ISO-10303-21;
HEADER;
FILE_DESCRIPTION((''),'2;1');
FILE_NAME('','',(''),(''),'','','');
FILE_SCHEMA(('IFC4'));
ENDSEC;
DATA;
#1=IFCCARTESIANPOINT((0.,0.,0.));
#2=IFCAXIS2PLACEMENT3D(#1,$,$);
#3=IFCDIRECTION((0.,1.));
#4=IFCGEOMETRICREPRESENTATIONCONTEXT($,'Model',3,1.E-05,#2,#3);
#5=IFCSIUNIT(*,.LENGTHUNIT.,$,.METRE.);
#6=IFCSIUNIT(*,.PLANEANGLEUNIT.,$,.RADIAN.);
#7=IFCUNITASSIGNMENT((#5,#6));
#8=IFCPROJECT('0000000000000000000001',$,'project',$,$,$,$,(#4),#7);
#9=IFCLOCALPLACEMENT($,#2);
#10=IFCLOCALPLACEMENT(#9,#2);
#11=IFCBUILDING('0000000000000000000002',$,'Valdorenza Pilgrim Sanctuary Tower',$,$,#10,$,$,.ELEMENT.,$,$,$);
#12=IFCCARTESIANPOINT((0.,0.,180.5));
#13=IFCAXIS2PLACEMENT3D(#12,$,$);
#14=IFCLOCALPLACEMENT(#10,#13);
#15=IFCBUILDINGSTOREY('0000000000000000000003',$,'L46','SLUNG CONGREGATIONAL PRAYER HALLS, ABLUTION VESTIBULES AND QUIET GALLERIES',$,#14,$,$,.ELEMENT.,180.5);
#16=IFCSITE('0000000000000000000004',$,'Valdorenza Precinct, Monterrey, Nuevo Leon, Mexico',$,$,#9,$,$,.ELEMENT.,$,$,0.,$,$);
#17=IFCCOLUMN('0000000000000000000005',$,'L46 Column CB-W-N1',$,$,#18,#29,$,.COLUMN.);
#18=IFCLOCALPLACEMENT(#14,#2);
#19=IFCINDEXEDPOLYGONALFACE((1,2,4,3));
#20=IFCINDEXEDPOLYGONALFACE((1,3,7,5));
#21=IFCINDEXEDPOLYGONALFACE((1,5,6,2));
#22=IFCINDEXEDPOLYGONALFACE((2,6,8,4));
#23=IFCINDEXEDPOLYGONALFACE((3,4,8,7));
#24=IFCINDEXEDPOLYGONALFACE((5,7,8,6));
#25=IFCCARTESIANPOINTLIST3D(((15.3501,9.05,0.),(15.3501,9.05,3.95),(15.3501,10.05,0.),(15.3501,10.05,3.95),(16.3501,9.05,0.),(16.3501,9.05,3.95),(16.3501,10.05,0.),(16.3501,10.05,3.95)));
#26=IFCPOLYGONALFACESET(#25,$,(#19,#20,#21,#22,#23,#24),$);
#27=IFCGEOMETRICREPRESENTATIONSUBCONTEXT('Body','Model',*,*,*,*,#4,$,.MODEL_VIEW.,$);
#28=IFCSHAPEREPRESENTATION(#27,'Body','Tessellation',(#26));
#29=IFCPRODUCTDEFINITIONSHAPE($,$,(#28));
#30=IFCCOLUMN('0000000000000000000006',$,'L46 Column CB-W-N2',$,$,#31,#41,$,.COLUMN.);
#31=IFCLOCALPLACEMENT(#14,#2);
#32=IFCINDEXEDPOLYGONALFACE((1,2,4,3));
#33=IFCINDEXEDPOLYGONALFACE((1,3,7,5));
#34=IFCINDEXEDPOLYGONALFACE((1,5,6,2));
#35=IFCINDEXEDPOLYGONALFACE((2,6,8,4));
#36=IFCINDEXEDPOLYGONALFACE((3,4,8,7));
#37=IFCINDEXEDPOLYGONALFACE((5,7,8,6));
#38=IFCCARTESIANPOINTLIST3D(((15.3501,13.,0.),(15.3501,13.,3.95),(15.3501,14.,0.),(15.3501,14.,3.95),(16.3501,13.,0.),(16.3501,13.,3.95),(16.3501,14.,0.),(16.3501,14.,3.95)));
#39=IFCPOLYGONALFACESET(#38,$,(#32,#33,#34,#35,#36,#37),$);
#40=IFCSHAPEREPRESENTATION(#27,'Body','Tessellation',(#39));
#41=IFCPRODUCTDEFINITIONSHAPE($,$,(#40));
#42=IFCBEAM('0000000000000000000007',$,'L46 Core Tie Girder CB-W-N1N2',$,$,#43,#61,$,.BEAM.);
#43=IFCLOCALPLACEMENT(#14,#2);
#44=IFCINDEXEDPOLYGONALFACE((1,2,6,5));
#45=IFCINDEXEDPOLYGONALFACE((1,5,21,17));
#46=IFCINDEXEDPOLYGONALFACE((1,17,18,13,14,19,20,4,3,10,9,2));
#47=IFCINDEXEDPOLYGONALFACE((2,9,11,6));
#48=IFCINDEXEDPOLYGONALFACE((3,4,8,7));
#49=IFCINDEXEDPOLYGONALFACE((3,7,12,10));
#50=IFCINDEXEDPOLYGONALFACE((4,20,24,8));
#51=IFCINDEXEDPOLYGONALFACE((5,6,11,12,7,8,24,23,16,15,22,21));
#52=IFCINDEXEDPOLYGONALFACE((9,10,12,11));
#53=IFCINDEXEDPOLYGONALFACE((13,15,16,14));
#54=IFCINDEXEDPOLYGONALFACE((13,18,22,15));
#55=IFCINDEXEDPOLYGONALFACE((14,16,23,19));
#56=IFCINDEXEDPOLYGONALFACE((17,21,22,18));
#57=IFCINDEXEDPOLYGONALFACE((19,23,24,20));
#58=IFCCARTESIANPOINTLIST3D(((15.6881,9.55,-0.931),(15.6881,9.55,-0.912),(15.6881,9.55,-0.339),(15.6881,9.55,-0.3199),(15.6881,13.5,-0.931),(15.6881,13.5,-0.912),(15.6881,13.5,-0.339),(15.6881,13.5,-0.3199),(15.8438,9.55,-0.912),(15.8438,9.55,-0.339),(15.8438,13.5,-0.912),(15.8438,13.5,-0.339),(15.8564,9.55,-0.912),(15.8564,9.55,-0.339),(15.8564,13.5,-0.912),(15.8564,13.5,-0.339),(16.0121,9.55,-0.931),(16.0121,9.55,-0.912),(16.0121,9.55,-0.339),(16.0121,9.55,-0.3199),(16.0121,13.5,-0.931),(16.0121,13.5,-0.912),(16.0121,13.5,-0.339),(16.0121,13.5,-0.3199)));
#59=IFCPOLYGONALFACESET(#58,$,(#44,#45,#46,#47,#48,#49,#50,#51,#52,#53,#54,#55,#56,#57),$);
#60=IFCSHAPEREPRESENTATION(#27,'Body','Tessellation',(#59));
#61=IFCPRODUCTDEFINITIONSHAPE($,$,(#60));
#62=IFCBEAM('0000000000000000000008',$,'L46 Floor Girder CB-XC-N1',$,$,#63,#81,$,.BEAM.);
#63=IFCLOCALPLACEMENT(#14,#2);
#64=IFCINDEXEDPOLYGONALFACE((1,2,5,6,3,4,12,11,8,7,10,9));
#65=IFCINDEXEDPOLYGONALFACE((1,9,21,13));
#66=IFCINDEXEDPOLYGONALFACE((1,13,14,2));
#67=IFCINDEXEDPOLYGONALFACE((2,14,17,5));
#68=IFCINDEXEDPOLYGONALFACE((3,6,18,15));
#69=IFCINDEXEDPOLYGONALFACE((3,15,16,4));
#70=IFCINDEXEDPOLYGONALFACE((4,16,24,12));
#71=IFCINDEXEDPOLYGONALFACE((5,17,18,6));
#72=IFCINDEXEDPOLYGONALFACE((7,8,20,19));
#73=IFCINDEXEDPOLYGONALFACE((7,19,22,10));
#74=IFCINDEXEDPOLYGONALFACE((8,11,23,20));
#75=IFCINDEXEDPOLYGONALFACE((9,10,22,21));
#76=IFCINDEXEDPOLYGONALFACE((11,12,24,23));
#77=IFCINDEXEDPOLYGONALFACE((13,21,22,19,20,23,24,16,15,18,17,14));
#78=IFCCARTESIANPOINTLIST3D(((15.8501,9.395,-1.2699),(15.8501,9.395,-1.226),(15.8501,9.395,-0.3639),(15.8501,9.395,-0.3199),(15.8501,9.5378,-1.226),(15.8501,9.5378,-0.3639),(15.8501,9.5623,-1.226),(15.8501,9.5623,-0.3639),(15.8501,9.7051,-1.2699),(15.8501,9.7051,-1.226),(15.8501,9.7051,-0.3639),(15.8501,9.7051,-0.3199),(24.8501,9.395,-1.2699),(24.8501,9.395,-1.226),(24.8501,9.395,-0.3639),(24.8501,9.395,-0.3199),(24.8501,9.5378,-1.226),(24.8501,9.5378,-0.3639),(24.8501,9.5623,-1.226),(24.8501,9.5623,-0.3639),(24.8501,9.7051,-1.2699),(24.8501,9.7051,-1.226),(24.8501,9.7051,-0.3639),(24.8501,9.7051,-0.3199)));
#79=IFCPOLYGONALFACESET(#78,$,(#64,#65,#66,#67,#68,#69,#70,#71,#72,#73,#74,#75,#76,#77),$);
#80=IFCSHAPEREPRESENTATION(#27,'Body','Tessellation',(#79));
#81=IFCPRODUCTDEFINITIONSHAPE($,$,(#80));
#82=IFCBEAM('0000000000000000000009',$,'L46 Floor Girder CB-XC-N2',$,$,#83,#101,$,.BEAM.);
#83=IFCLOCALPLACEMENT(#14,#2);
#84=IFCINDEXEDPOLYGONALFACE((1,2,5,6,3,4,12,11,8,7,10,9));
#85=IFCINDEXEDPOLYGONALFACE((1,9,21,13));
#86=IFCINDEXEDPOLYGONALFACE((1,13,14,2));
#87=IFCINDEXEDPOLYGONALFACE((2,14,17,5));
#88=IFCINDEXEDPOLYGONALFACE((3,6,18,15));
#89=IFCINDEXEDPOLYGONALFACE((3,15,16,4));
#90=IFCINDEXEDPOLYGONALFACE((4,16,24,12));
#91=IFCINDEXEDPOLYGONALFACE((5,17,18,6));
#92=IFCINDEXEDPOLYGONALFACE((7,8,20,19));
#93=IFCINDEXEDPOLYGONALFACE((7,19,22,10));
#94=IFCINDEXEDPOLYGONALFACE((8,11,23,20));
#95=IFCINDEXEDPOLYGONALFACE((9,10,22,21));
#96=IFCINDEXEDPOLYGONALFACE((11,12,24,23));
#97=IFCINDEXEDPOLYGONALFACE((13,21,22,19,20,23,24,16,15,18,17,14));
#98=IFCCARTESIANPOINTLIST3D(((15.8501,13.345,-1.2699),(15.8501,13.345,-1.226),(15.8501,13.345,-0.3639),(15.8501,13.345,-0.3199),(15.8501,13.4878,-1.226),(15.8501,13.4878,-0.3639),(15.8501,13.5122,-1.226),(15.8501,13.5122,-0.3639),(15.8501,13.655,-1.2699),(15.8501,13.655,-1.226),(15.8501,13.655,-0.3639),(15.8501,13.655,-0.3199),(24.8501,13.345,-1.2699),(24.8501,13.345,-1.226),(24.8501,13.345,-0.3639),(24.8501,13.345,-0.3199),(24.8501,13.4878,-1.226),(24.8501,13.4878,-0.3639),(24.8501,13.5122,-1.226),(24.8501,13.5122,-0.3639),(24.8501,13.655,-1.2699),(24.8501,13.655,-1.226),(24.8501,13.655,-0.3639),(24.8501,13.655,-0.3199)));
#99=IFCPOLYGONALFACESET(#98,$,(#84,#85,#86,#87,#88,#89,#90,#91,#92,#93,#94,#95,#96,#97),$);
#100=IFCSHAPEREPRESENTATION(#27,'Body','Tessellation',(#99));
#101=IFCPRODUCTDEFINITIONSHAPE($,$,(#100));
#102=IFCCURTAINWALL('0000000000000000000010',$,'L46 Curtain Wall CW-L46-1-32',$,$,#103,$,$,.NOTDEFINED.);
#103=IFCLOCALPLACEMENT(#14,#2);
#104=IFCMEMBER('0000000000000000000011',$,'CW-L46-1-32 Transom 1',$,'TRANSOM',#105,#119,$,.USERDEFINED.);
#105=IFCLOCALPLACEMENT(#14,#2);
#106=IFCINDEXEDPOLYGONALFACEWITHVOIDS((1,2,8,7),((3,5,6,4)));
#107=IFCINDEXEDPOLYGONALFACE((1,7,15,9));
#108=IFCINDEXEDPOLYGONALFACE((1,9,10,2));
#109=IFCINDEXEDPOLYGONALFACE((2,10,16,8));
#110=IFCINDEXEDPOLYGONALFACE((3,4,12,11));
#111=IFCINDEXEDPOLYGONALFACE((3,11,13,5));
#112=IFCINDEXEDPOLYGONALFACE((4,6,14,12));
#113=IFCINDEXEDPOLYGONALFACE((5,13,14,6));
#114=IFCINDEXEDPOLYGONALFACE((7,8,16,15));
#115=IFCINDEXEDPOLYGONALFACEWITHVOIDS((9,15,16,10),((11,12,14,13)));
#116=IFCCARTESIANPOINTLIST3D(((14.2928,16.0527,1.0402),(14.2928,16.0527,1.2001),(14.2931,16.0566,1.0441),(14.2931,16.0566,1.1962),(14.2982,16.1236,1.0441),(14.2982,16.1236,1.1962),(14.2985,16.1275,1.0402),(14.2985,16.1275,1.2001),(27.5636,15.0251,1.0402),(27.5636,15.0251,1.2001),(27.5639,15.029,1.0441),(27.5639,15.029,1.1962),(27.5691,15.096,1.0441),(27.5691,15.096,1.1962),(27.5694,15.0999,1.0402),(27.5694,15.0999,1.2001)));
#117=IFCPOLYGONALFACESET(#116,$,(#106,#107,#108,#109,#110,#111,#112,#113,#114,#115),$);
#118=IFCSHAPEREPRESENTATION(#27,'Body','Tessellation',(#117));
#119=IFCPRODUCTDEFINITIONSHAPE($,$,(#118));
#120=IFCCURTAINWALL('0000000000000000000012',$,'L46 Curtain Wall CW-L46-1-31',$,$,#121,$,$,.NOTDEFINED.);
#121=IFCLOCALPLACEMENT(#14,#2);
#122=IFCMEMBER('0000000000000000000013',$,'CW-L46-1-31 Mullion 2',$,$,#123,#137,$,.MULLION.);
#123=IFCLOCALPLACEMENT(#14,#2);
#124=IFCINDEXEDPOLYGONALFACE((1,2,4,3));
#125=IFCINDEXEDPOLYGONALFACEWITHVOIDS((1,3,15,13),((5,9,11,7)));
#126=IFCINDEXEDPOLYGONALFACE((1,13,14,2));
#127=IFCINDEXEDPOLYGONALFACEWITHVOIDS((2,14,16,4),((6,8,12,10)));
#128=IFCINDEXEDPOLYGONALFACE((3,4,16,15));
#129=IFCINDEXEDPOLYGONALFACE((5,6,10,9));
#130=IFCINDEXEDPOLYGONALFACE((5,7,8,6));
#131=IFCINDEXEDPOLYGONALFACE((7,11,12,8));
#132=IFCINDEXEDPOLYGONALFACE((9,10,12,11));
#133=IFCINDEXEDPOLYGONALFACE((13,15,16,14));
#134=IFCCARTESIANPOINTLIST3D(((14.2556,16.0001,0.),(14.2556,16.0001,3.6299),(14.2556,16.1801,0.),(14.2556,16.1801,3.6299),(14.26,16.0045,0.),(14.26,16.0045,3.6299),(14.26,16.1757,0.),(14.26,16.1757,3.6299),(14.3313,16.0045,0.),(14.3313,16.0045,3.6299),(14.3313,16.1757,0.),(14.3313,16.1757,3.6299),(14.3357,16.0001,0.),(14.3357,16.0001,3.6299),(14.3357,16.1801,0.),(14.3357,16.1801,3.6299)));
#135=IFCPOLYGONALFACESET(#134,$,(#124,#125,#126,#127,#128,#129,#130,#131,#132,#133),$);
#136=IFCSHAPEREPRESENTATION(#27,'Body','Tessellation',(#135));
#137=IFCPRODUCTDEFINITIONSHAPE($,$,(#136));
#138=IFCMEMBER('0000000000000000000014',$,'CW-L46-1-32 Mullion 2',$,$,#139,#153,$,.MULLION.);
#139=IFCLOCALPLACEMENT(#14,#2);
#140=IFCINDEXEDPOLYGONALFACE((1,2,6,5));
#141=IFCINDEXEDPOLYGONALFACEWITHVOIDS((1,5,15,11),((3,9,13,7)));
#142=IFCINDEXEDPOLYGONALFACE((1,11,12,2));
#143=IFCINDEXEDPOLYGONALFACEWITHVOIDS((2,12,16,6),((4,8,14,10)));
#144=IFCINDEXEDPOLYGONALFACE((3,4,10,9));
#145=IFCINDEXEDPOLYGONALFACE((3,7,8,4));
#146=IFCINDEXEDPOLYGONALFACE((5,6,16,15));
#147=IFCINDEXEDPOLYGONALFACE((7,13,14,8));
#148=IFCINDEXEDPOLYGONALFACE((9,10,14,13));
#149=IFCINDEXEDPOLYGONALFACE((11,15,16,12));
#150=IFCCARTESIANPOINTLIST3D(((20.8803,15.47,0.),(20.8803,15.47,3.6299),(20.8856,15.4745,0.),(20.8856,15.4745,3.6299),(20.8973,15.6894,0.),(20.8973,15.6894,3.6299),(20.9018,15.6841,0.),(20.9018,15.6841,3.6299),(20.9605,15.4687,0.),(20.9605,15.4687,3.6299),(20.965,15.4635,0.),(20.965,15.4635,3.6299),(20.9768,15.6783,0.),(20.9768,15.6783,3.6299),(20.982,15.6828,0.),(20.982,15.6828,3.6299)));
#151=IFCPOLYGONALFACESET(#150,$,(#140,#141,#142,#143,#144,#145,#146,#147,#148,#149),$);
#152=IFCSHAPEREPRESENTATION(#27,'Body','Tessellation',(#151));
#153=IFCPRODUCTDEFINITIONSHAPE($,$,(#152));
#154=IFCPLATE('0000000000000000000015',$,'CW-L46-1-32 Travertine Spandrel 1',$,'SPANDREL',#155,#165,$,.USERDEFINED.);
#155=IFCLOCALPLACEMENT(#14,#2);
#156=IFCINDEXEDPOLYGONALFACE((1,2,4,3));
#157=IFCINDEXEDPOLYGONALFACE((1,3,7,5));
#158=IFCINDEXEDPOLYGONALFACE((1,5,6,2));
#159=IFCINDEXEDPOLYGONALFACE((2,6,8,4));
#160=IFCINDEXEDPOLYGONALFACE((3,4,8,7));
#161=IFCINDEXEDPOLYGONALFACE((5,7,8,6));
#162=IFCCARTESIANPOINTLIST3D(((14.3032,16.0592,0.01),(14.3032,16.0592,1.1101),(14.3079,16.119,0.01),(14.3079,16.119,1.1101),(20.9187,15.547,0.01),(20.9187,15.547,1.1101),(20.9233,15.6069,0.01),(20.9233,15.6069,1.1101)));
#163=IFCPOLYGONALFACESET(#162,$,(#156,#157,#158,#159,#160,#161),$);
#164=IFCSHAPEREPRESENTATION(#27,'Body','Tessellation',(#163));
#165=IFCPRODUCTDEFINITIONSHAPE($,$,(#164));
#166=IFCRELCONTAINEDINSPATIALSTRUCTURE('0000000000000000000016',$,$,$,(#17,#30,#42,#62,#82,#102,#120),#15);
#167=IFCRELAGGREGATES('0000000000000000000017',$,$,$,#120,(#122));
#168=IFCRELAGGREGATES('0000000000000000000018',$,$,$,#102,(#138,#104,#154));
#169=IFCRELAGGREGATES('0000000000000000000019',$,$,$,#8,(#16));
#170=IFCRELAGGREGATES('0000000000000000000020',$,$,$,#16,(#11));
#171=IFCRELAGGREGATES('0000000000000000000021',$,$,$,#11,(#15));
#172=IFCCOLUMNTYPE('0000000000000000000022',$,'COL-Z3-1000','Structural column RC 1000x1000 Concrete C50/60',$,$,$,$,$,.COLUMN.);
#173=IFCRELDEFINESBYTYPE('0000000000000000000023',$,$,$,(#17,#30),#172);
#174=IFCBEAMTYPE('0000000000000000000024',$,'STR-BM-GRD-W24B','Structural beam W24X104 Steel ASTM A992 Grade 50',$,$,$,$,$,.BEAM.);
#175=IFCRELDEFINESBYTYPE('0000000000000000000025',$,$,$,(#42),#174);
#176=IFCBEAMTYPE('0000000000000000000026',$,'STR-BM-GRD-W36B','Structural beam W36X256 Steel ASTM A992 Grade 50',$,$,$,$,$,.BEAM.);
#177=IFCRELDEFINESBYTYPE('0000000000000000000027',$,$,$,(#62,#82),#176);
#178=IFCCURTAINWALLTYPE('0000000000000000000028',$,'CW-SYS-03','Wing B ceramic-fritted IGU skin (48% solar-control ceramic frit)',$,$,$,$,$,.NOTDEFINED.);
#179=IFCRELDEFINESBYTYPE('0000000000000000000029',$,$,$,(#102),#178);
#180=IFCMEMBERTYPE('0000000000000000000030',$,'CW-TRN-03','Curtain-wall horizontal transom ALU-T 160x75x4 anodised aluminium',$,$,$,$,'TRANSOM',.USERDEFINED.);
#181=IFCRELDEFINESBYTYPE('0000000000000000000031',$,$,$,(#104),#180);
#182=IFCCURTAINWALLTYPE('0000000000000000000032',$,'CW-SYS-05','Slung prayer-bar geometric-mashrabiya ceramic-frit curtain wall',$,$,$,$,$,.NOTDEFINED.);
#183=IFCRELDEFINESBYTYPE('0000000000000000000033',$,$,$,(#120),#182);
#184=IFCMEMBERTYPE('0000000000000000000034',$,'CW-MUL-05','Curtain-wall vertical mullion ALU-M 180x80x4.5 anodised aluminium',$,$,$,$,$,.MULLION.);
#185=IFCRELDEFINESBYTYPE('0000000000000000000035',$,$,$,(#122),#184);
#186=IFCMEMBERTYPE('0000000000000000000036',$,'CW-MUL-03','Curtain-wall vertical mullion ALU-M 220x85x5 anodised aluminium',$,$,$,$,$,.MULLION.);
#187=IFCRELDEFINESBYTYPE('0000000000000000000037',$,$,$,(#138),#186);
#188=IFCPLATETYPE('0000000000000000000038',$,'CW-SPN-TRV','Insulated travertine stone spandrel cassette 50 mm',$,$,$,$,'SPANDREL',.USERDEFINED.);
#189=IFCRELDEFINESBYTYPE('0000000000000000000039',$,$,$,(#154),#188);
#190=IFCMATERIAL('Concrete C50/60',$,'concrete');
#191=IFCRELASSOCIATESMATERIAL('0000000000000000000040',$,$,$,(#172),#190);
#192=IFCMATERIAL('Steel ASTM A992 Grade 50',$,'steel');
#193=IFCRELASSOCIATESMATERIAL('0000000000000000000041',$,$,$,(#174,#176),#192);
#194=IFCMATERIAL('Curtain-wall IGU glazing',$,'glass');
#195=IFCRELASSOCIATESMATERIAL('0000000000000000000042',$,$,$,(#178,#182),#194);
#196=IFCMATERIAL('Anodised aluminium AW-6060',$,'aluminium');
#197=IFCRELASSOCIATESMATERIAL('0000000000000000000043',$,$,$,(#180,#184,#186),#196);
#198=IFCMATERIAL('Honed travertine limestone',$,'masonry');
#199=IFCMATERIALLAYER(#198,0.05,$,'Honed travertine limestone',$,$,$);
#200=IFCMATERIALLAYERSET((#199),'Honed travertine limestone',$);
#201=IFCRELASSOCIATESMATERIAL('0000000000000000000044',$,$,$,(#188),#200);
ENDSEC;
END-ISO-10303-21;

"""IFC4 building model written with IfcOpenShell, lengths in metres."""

from ifc_helpers import new_model, si_unit, direction, frame, origin, origin_2d, place, context, subcontext, project, spatial, rectangle, hollow_rectangle, i_section, extrude, source, transform, mapped, material, layer, layer_set, material_profile, profile_set, type_object, element, aggregate, save


model = new_model("IFC4")

# Units and contexts
model_context = context("Model", 3, precision=1e-05, world=origin(), true_north=direction((0.0, 1.0)))
body_context = subcontext(model_context, "Body", "Model", "MODEL_VIEW")
ifc_project = project(units=[si_unit("LENGTHUNIT", "METRE"), si_unit("PLANEANGLEUNIT", "RADIAN")], contexts=[model_context])

# Site, building, storey
site_placement = place(None, origin())
site = spatial("IfcSite", under=ifc_project, at=site_placement, Name="Valdorenza Precinct, Monterrey, Nuevo Leon, Mexico", CompositionType="ELEMENT", RefElevation=0.0)
building_placement = place(site_placement, origin())
building = spatial("IfcBuilding", under=site, at=building_placement, Name="Valdorenza Pilgrim Sanctuary Tower", CompositionType="ELEMENT")
storey_placement = place(building_placement, frame((0.0, 0.0, 180.5)))
storey = spatial("IfcBuildingStorey", under=building, at=storey_placement, Name="L46", Description="SLUNG CONGREGATIONAL PRAYER HALLS, ABLUTION VESTIBULES AND QUIET GALLERIES", CompositionType="ELEMENT", Elevation=180.5)

# Columns
ifc_material_1 = material(Name="Concrete C50/60", Category="concrete")
ifc_material_profile_1 = material_profile(ifc_material_1, rectangle(XDim=1.0, YDim=1.0, at=origin_2d()), Name="RC 1000x1000")
ifc_profile_set_1 = profile_set([ifc_material_profile_1], Name="Concrete C50/60")
column_type = type_object("IfcColumnType", Name="COL-Z3-1000", Description="Structural column RC 1000x1000 Concrete C50/60", PredefinedType="COLUMN", material=ifc_profile_set_1)
shared_shape_1 = source(origin(), body_context, "Body", "SweptSolid", [
    extrude(rectangle(XDim=1.0, YDim=1.0, at=origin_2d()), origin(), (0.0, 0.0, 1.0), 3.95),
])
for number, where, z_axis, x_axis, name in (
    (1, (15.8501, 9.55, 0.0), (0.0, 0.0, 1.0), (1.0, 0.0, 0.0), "L46 Column CB-W-N1"),
    (2, (15.8501, 13.5, 0.0), (0.0, 0.0, 1.0), (1.0, 0.0, 0.0), "L46 Column CB-W-N2"),
):
    element("IfcColumn", number, at=place(storey_placement, frame(where, z_axis=z_axis, x_axis=x_axis)), inside=storey, type_object=column_type, Name=name, PredefinedType="COLUMN", context=body_context, shape_type="MappedRepresentation", body=[
        mapped(shared_shape_1, transform((0.0, 0.0, 0.0), x_axis=(1.0, 0.0, 0.0), y_axis=(0.0, 1.0, 0.0), z_axis=(0.0, 0.0, 1.0), scale=1.0)),
    ])

# Beams
ifc_material_2 = material(Name="Steel ASTM A992 Grade 50", Category="steel")
ifc_material_profile_2 = material_profile(ifc_material_2, i_section(OverallWidth=0.324, OverallDepth=0.6111, WebThickness=0.0127, FlangeThickness=0.019, at=origin_2d()), Name="W24X104")
ifc_profile_set_2 = profile_set([ifc_material_profile_2], Name="Steel ASTM A992 Grade 50")
beam_type_1 = type_object("IfcBeamType", Name="STR-BM-GRD-W24B", Description="Structural beam W24X104 Steel ASTM A992 Grade 50", PredefinedType="BEAM", material=ifc_profile_set_2)
shared_shape_2 = source(origin(), body_context, "Body", "SweptSolid", [
    extrude(i_section(OverallWidth=0.324, OverallDepth=0.6111, WebThickness=0.0127, FlangeThickness=0.019, at=origin_2d()), origin(), (0.0, 0.0, 1.0), 3.95),
])
beam_placement = place(storey_placement, frame((15.8501, 9.55, -0.6255), z_axis=(0.0, 1.0, 0.0), x_axis=(-1.0, 0.0, 0.0)))
element("IfcBeam", 3, at=beam_placement, inside=storey, type_object=beam_type_1, Name="L46 Core Tie Girder CB-W-N1N2", PredefinedType="BEAM", context=body_context, shape_type="MappedRepresentation", body=[
    mapped(shared_shape_2, transform((0.0, 0.0, 0.0), x_axis=(1.0, 0.0, 0.0), y_axis=(0.0, 1.0, 0.0), z_axis=(0.0, 0.0, 1.0), scale=1.0)),
])
ifc_material_profile_3 = material_profile(ifc_material_2, i_section(OverallWidth=0.3101, OverallDepth=0.95, WebThickness=0.0244, FlangeThickness=0.0439, at=origin_2d()), Name="W36X256")
ifc_profile_set_3 = profile_set([ifc_material_profile_3], Name="Steel ASTM A992 Grade 50")
beam_type_2 = type_object("IfcBeamType", Name="STR-BM-GRD-W36B", Description="Structural beam W36X256 Steel ASTM A992 Grade 50", PredefinedType="BEAM", material=ifc_profile_set_3)
shared_shape_3 = source(origin(), body_context, "Body", "SweptSolid", [
    extrude(i_section(OverallWidth=0.3101, OverallDepth=0.95, WebThickness=0.0244, FlangeThickness=0.0439, at=origin_2d()), origin(), (0.0, 0.0, 1.0), 9.0),
])
for number, where, z_axis, x_axis, name in (
    (4, (15.8501, 9.55, -0.7949), (1.0, 0.0, 0.0), (0.0, 1.0, 0.0), "L46 Floor Girder CB-XC-N1"),
    (5, (15.8501, 13.5, -0.7949), (1.0, 0.0, 0.0), (0.0, 1.0, 0.0), "L46 Floor Girder CB-XC-N2"),
):
    element("IfcBeam", number, at=place(storey_placement, frame(where, z_axis=z_axis, x_axis=x_axis)), inside=storey, type_object=beam_type_2, Name=name, PredefinedType="BEAM", context=body_context, shape_type="MappedRepresentation", body=[
        mapped(shared_shape_3, transform((0.0, 0.0, 0.0), x_axis=(1.0, 0.0, 0.0), y_axis=(0.0, 1.0, 0.0), z_axis=(0.0, 0.0, 1.0), scale=1.0)),
    ])

# Curtain walls, members
ifc_material_3 = material(Name="Curtain-wall IGU glazing", Category="glass")
curtain_wall_type_1 = type_object("IfcCurtainWallType", Name="CW-SYS-03", Description="Wing B ceramic-fritted IGU skin (48% solar-control ceramic frit)", PredefinedType="NOTDEFINED", material=ifc_material_3)
curtain_wall_1_placement = place(storey_placement, origin())
curtain_wall_1 = element("IfcCurtainWall", 6, at=curtain_wall_1_placement, inside=storey, type_object=curtain_wall_type_1, Name="L46 Curtain Wall CW-L46-1-32", PredefinedType="NOTDEFINED")
ifc_material_4 = material(Name="Anodised aluminium AW-6060", Category="aluminium")
ifc_material_profile_4 = material_profile(ifc_material_4, hollow_rectangle(XDim=0.075, YDim=0.1599, WallThickness=0.0039, at=origin_2d()), Name="ALU-T 160x75x4")
ifc_profile_set_4 = profile_set([ifc_material_profile_4], Name="Anodised aluminium AW-6060")
member_type_1 = type_object("IfcMemberType", Name="CW-TRN-03", Description="Curtain-wall horizontal transom ALU-T 160x75x4 anodised aluminium", ElementType="TRANSOM", PredefinedType="USERDEFINED", material=ifc_profile_set_4)
shared_shape_4 = source(origin(), body_context, "Body", "SweptSolid", [
    extrude(hollow_rectangle(XDim=0.075, YDim=0.1599, WallThickness=0.0039, at=origin_2d()), origin(), (0.0, 0.0, 1.0), 13.3105),
])
member_1_placement = place(storey_placement, frame((14.2957, 16.0901, 1.1201), z_axis=(0.997016, -0.077201, 0.0), x_axis=(0.077201, 0.997016, 0.0)))
member_1 = element("IfcMember", 7, at=member_1_placement, type_object=member_type_1, Name="CW-L46-1-32 Transom 1", ObjectType="TRANSOM", PredefinedType="USERDEFINED", context=body_context, shape_type="MappedRepresentation", body=[
    mapped(shared_shape_4, transform((0.0, 0.0, 0.0), x_axis=(1.0, 0.0, 0.0), y_axis=(0.0, 1.0, 0.0), z_axis=(0.0, 0.0, 1.0), scale=1.0)),
])
curtain_wall_type_2 = type_object("IfcCurtainWallType", Name="CW-SYS-05", Description="Slung prayer-bar geometric-mashrabiya ceramic-frit curtain wall", PredefinedType="NOTDEFINED", material=ifc_material_3)
curtain_wall_2_placement = place(storey_placement, origin())
curtain_wall_2 = element("IfcCurtainWall", 8, at=curtain_wall_2_placement, inside=storey, type_object=curtain_wall_type_2, Name="L46 Curtain Wall CW-L46-1-31", PredefinedType="NOTDEFINED")
ifc_material_profile_5 = material_profile(ifc_material_4, hollow_rectangle(XDim=0.0801, YDim=0.1799, WallThickness=0.0044, at=origin_2d()), Name="ALU-M 180x80x4.5")
ifc_profile_set_5 = profile_set([ifc_material_profile_5], Name="Anodised aluminium AW-6060")
member_type_2 = type_object("IfcMemberType", Name="CW-MUL-05", Description="Curtain-wall vertical mullion ALU-M 180x80x4.5 anodised aluminium", PredefinedType="MULLION", material=ifc_profile_set_5)
shared_shape_5 = source(origin(), body_context, "Body", "SweptSolid", [
    extrude(hollow_rectangle(XDim=0.0801, YDim=0.1799, WallThickness=0.0044, at=origin_2d()), origin(), (0.0, 0.0, 1.0), 3.6299),
])
member_2_placement = place(storey_placement, frame((14.2957, 16.0901, 0.0), z_axis=(0.0, 0.0, 1.0), x_axis=(1.0, 0.0, 0.0)))
member_2 = element("IfcMember", 9, at=member_2_placement, type_object=member_type_2, Name="CW-L46-1-31 Mullion 2", PredefinedType="MULLION", context=body_context, shape_type="MappedRepresentation", body=[
    mapped(shared_shape_5, transform((0.0, 0.0, 0.0), x_axis=(1.0, 0.0, 0.0), y_axis=(0.0, 1.0, 0.0), z_axis=(0.0, 0.0, 1.0), scale=1.0)),
])
aggregate(curtain_wall_2, [member_2])

# Member
ifc_material_profile_6 = material_profile(ifc_material_4, hollow_rectangle(XDim=0.085, YDim=0.22, WallThickness=0.0049, at=origin_2d()), Name="ALU-M 220x85x5")
ifc_profile_set_6 = profile_set([ifc_material_profile_6], Name="Anodised aluminium AW-6060")
member_type_3 = type_object("IfcMemberType", Name="CW-MUL-03", Description="Curtain-wall vertical mullion ALU-M 220x85x5 anodised aluminium", PredefinedType="MULLION", material=ifc_profile_set_6)
shared_shape_6 = source(origin(), body_context, "Body", "SweptSolid", [
    extrude(hollow_rectangle(XDim=0.085, YDim=0.22, WallThickness=0.0049, at=origin_2d()), origin(), (0.0, 0.0, 1.0), 3.6299),
])
member_3_placement = place(storey_placement, frame((20.9312, 15.5764, 0.0), z_axis=(0.0, 0.0, 1.0), x_axis=(0.997016, -0.077189, 0.0)))
member_3 = element("IfcMember", 10, at=member_3_placement, type_object=member_type_3, Name="CW-L46-1-32 Mullion 2", PredefinedType="MULLION", context=body_context, shape_type="MappedRepresentation", body=[
    mapped(shared_shape_6, transform((0.0, 0.0, 0.0), x_axis=(1.0, 0.0, 0.0), y_axis=(0.0, 1.0, 0.0), z_axis=(0.0, 0.0, 1.0), scale=1.0)),
])

# Plate
ifc_material_5 = material(Name="Honed travertine limestone", Category="masonry")
ifc_layer_1 = layer(ifc_material_5, 0.05, Name="Honed travertine limestone")
ifc_layer_set_1 = layer_set([ifc_layer_1], Name="Honed travertine limestone")
plate_type_1 = type_object("IfcPlateType", Name="CW-SPN-TRV", Description="Insulated travertine stone spandrel cassette 50 mm", ElementType="SPANDREL", PredefinedType="USERDEFINED", material=ifc_layer_set_1)
shared_shape_7 = source(origin(), body_context, "Body", "SweptSolid", [
    extrude(rectangle(XDim=6.6353, YDim=0.0601, at=origin_2d()), origin(), (0.0, 0.0, 1.0), 1.1001),
])
plate_1_placement = place(storey_placement, frame((17.6133, 15.833, 0.01), z_axis=(0.0, 0.0, 1.0), x_axis=(0.997016, -0.077189, 0.0)))
plate_1 = element("IfcPlate", 11, at=plate_1_placement, type_object=plate_type_1, Name="CW-L46-1-32 Travertine Spandrel 1", ObjectType="SPANDREL", PredefinedType="USERDEFINED", context=body_context, shape_type="MappedRepresentation", body=[
    mapped(shared_shape_7, transform((0.0, 0.0, 0.0), x_axis=(1.0, 0.0, 0.0), y_axis=(0.0, 1.0, 0.0), z_axis=(0.0, 0.0, 1.0), scale=1.0)),
])
aggregate(curtain_wall_1, [member_3, member_1, plate_1])

save(model, "model.ifc")
